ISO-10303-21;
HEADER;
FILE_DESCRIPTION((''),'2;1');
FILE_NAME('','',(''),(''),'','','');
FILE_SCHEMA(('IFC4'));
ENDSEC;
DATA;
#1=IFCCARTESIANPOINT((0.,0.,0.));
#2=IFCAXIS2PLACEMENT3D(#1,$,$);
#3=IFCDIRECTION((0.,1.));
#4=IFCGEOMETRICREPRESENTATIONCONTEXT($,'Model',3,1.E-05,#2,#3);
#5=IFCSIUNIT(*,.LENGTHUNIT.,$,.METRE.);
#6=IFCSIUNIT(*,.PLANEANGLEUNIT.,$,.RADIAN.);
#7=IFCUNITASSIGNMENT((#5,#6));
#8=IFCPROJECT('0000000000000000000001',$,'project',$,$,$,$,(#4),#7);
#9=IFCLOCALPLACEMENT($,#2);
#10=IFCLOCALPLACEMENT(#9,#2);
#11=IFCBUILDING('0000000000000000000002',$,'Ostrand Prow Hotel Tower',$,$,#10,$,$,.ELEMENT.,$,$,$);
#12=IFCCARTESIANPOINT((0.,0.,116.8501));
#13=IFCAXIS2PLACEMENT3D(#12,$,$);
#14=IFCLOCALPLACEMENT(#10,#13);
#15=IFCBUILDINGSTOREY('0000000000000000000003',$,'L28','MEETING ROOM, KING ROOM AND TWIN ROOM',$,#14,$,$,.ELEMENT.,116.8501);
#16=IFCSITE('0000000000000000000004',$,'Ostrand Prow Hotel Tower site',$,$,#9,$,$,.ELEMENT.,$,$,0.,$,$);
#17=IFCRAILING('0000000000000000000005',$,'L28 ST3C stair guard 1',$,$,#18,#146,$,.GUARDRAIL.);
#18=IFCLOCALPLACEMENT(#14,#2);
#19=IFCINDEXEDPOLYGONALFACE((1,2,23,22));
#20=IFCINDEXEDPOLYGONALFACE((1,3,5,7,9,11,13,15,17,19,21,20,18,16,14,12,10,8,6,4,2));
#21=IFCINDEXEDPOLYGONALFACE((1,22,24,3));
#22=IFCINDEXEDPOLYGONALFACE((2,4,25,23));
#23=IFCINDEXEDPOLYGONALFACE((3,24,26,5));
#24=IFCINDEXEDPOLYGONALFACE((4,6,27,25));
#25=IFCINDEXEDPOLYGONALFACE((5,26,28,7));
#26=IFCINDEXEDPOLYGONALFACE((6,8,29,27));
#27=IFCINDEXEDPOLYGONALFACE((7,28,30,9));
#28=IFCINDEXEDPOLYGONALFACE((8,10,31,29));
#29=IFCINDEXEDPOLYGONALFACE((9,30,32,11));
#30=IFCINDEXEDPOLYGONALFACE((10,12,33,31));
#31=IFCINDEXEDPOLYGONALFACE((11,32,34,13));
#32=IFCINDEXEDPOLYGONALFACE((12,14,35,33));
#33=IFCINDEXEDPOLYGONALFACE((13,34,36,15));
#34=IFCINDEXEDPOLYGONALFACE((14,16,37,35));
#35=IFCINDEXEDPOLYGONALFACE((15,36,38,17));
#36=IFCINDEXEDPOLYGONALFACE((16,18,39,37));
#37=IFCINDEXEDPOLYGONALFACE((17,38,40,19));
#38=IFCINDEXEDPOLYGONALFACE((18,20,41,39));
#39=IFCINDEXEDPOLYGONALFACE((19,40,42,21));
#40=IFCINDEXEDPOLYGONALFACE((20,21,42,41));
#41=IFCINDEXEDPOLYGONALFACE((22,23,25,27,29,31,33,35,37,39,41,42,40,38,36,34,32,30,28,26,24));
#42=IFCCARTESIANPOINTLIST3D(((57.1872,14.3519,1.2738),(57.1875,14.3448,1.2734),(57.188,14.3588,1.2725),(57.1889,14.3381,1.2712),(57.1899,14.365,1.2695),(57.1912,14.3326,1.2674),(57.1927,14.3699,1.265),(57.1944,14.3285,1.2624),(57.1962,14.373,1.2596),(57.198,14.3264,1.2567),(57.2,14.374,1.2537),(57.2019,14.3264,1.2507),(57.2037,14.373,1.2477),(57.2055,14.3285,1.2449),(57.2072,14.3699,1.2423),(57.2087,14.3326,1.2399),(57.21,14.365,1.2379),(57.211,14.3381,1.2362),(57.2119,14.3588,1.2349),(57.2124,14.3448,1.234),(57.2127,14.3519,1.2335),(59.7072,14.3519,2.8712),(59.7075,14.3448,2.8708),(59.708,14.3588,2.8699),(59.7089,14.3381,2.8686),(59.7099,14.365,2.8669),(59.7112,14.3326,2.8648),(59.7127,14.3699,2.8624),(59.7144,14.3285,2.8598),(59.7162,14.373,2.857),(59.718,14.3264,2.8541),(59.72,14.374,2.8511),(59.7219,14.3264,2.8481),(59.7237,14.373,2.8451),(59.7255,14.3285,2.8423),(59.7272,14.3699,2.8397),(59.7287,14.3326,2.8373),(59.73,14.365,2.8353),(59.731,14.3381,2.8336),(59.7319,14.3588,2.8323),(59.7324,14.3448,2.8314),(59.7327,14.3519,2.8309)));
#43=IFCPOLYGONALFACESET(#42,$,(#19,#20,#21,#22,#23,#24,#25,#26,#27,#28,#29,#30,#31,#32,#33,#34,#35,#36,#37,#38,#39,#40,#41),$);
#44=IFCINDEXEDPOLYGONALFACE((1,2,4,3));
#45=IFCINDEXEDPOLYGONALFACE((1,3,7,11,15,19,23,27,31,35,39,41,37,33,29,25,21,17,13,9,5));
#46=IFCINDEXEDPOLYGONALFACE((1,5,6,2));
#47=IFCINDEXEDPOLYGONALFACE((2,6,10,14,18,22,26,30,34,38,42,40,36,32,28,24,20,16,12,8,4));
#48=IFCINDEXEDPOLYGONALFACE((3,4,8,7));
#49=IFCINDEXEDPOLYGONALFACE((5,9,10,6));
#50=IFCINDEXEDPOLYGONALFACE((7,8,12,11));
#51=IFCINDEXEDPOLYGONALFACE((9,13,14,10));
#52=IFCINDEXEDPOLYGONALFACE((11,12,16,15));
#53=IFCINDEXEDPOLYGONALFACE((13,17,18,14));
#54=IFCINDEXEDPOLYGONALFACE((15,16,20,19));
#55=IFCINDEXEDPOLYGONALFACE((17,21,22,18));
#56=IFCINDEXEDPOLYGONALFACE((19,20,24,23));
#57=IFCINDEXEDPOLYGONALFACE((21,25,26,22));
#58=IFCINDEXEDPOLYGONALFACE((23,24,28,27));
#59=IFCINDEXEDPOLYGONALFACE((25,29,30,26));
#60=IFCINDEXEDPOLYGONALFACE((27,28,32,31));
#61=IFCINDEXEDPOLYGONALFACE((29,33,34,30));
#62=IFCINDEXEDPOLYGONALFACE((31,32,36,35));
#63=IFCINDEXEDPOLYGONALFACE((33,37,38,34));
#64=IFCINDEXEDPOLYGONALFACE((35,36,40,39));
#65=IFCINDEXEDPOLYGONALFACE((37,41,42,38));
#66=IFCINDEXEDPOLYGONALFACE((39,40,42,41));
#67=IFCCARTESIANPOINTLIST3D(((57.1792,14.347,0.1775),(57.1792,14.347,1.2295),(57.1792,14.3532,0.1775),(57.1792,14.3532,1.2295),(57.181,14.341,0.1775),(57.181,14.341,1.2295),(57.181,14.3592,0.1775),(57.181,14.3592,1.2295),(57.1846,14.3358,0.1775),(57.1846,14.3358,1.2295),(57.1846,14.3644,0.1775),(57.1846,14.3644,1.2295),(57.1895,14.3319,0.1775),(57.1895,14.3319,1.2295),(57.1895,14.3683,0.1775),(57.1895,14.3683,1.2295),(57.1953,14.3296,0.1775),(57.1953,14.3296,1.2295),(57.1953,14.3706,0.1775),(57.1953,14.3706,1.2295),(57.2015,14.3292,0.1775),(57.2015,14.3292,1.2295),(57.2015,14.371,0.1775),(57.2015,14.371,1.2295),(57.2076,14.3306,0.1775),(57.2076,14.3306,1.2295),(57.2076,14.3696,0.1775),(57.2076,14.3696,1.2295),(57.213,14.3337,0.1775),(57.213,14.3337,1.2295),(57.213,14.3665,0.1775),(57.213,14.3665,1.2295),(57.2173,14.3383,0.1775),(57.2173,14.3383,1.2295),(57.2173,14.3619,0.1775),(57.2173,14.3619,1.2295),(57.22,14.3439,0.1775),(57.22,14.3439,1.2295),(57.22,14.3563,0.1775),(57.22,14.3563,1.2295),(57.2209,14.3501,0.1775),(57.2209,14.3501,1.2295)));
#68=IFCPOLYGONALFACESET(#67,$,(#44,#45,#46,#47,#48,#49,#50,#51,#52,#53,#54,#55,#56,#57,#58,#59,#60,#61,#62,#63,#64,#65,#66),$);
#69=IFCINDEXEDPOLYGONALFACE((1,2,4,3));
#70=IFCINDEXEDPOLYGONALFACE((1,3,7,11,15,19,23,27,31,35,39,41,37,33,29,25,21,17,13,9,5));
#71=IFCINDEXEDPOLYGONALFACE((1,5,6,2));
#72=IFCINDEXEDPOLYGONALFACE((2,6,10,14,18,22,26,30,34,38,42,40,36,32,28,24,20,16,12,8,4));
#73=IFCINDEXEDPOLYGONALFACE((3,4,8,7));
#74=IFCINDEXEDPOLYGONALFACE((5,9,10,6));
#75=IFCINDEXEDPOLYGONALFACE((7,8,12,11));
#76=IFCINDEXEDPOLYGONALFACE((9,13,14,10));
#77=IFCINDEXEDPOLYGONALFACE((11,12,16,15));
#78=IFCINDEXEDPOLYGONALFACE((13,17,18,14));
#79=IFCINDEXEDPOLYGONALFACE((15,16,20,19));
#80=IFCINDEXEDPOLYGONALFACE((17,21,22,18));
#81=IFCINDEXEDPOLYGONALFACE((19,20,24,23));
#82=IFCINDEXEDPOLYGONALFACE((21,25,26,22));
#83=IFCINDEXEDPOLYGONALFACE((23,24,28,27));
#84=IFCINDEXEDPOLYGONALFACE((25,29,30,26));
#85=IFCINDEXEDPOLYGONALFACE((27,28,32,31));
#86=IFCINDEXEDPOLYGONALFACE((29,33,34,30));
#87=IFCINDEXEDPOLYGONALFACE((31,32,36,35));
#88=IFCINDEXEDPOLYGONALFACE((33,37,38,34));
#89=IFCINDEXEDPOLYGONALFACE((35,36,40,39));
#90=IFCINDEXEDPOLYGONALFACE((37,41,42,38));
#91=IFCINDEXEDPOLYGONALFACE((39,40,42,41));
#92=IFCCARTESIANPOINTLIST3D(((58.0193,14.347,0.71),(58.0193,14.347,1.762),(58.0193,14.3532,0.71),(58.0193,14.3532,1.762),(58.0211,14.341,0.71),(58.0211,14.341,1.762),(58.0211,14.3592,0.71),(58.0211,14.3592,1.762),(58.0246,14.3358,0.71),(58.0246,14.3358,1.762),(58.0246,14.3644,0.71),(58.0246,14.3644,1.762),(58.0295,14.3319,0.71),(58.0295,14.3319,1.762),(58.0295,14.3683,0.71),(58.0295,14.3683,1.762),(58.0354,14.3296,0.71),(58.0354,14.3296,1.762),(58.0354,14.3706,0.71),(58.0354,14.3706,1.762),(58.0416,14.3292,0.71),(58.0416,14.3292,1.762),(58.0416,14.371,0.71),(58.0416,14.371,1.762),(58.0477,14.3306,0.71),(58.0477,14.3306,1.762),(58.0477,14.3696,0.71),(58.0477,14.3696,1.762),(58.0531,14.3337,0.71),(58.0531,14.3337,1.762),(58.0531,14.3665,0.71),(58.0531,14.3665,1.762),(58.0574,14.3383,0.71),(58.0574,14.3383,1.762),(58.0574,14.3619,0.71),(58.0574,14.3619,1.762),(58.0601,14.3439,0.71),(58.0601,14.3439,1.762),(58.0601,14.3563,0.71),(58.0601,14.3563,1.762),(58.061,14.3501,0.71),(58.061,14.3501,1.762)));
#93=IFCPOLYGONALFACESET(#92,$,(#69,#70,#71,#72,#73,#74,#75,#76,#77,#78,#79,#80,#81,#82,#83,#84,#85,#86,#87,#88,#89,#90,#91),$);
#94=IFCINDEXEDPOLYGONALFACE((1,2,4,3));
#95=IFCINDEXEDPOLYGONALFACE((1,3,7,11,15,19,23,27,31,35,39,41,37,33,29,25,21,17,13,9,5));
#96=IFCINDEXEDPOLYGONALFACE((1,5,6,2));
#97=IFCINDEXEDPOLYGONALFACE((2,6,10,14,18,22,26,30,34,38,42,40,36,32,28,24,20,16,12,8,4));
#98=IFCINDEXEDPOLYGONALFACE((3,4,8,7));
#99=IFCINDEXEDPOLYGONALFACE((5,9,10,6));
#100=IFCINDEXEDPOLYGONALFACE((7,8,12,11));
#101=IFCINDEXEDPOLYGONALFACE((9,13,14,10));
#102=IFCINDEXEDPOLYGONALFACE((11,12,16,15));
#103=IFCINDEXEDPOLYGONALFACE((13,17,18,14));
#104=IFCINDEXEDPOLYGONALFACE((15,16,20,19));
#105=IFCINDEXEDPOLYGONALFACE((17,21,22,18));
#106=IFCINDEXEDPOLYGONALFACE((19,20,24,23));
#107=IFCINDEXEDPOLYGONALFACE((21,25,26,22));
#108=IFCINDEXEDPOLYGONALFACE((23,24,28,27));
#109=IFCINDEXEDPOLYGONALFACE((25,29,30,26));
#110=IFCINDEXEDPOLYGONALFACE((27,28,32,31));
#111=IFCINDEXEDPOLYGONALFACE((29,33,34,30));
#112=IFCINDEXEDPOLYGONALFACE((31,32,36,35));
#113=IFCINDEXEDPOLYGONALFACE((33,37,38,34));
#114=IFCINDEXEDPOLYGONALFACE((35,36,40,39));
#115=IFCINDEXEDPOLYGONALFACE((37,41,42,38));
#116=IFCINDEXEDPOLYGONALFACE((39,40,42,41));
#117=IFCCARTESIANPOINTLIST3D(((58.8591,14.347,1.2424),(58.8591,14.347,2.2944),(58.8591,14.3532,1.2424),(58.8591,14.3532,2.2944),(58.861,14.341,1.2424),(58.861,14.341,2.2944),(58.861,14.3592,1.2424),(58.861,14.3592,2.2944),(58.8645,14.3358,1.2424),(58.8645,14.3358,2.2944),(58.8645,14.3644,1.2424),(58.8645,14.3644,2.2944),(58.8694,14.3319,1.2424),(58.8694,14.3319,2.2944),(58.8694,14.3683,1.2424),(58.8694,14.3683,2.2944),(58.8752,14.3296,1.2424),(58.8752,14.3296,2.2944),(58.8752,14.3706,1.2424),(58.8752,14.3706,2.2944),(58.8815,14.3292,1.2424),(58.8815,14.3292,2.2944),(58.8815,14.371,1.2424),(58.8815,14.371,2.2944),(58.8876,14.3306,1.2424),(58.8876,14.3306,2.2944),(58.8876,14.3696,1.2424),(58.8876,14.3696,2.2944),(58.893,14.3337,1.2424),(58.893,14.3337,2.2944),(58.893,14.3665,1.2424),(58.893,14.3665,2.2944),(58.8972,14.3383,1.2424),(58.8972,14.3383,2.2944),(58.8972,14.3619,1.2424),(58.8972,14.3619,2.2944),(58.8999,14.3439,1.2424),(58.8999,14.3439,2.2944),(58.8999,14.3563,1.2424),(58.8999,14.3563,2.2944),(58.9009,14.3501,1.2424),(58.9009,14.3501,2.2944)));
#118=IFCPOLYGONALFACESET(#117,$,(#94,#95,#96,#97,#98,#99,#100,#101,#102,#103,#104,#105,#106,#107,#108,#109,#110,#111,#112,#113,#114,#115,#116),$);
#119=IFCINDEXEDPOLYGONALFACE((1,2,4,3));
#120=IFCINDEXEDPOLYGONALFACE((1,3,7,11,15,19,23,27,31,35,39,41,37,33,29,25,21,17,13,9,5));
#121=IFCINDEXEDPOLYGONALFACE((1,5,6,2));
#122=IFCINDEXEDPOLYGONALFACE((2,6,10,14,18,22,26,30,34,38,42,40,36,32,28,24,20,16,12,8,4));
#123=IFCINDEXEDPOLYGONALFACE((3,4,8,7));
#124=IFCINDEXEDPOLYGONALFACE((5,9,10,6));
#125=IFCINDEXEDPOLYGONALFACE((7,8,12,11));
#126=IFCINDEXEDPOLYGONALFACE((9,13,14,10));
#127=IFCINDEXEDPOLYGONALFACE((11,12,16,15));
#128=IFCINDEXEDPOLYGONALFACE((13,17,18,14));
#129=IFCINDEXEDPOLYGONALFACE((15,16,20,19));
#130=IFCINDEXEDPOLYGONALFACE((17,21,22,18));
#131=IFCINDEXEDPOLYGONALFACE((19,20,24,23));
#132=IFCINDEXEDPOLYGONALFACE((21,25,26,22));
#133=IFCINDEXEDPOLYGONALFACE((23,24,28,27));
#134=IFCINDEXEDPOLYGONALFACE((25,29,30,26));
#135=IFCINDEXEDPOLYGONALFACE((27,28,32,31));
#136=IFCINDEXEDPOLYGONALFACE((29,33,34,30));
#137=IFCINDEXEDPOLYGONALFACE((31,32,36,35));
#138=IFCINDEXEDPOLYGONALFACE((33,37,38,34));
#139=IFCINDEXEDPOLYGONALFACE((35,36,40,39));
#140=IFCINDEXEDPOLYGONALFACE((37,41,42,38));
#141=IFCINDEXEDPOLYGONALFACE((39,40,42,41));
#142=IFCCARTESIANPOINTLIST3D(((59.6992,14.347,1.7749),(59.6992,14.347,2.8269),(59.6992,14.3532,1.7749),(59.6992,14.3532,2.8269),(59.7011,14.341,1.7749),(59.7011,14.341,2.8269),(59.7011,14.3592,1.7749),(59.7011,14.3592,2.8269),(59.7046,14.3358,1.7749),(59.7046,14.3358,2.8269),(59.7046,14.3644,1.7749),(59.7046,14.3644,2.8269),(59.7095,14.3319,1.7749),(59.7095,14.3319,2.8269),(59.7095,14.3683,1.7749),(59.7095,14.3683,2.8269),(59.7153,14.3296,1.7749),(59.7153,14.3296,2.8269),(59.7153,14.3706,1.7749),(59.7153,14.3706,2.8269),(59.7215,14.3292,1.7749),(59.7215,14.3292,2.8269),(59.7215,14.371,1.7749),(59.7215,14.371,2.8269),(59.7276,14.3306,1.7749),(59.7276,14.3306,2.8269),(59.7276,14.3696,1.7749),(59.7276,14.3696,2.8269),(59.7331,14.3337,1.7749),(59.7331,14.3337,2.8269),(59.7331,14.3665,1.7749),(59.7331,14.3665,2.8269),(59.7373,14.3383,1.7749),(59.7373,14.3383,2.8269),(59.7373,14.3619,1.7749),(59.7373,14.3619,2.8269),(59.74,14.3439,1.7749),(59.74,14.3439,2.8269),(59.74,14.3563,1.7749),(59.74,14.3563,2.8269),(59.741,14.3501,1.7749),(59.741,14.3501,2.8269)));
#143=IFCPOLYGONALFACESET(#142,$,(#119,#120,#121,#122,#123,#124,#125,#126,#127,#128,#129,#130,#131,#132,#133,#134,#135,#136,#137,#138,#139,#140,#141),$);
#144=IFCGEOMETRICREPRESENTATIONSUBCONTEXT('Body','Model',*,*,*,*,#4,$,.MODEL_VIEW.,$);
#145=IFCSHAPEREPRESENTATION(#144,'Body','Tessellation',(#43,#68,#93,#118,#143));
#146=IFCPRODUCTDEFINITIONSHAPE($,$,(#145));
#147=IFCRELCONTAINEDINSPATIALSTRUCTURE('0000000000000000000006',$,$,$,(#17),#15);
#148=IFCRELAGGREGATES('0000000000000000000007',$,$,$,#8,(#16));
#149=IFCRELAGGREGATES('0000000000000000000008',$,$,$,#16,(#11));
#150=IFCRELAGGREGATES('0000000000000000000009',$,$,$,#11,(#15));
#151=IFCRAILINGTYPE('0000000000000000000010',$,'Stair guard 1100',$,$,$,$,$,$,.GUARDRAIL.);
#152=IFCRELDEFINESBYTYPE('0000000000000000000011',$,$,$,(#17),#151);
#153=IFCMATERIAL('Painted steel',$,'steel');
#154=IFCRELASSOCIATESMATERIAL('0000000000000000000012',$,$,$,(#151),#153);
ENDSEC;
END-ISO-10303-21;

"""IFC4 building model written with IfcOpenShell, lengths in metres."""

from ifc_helpers import new_model, si_unit, direction, frame, origin, origin_2d, place, context, subcontext, project, spatial, circle, extrude, material, type_object, element, save


model = new_model("IFC4")

# Units and contexts
model_context = context("Model", 3, precision=1e-05, world=origin(), true_north=direction((0.0, 1.0)))
body_context = subcontext(model_context, "Body", "Model", "MODEL_VIEW")
ifc_project = project(units=[si_unit("LENGTHUNIT", "METRE"), si_unit("PLANEANGLEUNIT", "RADIAN")], contexts=[model_context])

# Site, building, storey
site_placement = place(None, origin())
site = spatial("IfcSite", under=ifc_project, at=site_placement, Name="Ostrand Prow Hotel Tower site", CompositionType="ELEMENT", RefElevation=0.0)
building_placement = place(site_placement, origin())
building = spatial("IfcBuilding", under=site, at=building_placement, Name="Ostrand Prow Hotel Tower", CompositionType="ELEMENT")
storey_placement = place(building_placement, frame((0.0, 0.0, 116.8501)))
storey = spatial("IfcBuildingStorey", under=building, at=storey_placement, Name="L28", Description="MEETING ROOM, KING ROOM AND TWIN ROOM", CompositionType="ELEMENT", Elevation=116.8501)

# Railing
ifc_material_1 = material(Name="Painted steel", Category="steel")
railing_type_1 = type_object("IfcRailingType", Name="Stair guard 1100", PredefinedType="GUARDRAIL", material=ifc_material_1)
railing_1_placement = place(storey_placement, frame((57.2, 14.3501, 0.1775)))
element("IfcRailing", 1, at=railing_1_placement, inside=storey, type_object=railing_type_1, Name="L28 ST3C stair guard 1", PredefinedType="GUARDRAIL", context=body_context, shape_type="SweptSolid", body=[
    extrude(circle(Radius=0.0239, at=origin_2d()), frame((0.0, 0.0, 1.0762), z_axis=(0.844607, 0.0, 0.535387), x_axis=(0.0, 1.0, 0.0)), (0.0, 0.0, 1.0), 2.9836),
    extrude(circle(Radius=0.021, at=origin_2d()), origin(), (0.0, 0.0, 1.0), 1.052),
    extrude(circle(Radius=0.021, at=origin_2d()), frame((0.8401, 0.0, 0.5325)), (0.0, 0.0, 1.0), 1.052),
    extrude(circle(Radius=0.021, at=origin_2d()), frame((1.6799, 0.0, 1.0649)), (0.0, 0.0, 1.0), 1.052),
    extrude(circle(Radius=0.021, at=origin_2d()), frame((2.52, 0.0, 1.5974)), (0.0, 0.0, 1.0), 1.052),
])

save(model, "model.ifc")
